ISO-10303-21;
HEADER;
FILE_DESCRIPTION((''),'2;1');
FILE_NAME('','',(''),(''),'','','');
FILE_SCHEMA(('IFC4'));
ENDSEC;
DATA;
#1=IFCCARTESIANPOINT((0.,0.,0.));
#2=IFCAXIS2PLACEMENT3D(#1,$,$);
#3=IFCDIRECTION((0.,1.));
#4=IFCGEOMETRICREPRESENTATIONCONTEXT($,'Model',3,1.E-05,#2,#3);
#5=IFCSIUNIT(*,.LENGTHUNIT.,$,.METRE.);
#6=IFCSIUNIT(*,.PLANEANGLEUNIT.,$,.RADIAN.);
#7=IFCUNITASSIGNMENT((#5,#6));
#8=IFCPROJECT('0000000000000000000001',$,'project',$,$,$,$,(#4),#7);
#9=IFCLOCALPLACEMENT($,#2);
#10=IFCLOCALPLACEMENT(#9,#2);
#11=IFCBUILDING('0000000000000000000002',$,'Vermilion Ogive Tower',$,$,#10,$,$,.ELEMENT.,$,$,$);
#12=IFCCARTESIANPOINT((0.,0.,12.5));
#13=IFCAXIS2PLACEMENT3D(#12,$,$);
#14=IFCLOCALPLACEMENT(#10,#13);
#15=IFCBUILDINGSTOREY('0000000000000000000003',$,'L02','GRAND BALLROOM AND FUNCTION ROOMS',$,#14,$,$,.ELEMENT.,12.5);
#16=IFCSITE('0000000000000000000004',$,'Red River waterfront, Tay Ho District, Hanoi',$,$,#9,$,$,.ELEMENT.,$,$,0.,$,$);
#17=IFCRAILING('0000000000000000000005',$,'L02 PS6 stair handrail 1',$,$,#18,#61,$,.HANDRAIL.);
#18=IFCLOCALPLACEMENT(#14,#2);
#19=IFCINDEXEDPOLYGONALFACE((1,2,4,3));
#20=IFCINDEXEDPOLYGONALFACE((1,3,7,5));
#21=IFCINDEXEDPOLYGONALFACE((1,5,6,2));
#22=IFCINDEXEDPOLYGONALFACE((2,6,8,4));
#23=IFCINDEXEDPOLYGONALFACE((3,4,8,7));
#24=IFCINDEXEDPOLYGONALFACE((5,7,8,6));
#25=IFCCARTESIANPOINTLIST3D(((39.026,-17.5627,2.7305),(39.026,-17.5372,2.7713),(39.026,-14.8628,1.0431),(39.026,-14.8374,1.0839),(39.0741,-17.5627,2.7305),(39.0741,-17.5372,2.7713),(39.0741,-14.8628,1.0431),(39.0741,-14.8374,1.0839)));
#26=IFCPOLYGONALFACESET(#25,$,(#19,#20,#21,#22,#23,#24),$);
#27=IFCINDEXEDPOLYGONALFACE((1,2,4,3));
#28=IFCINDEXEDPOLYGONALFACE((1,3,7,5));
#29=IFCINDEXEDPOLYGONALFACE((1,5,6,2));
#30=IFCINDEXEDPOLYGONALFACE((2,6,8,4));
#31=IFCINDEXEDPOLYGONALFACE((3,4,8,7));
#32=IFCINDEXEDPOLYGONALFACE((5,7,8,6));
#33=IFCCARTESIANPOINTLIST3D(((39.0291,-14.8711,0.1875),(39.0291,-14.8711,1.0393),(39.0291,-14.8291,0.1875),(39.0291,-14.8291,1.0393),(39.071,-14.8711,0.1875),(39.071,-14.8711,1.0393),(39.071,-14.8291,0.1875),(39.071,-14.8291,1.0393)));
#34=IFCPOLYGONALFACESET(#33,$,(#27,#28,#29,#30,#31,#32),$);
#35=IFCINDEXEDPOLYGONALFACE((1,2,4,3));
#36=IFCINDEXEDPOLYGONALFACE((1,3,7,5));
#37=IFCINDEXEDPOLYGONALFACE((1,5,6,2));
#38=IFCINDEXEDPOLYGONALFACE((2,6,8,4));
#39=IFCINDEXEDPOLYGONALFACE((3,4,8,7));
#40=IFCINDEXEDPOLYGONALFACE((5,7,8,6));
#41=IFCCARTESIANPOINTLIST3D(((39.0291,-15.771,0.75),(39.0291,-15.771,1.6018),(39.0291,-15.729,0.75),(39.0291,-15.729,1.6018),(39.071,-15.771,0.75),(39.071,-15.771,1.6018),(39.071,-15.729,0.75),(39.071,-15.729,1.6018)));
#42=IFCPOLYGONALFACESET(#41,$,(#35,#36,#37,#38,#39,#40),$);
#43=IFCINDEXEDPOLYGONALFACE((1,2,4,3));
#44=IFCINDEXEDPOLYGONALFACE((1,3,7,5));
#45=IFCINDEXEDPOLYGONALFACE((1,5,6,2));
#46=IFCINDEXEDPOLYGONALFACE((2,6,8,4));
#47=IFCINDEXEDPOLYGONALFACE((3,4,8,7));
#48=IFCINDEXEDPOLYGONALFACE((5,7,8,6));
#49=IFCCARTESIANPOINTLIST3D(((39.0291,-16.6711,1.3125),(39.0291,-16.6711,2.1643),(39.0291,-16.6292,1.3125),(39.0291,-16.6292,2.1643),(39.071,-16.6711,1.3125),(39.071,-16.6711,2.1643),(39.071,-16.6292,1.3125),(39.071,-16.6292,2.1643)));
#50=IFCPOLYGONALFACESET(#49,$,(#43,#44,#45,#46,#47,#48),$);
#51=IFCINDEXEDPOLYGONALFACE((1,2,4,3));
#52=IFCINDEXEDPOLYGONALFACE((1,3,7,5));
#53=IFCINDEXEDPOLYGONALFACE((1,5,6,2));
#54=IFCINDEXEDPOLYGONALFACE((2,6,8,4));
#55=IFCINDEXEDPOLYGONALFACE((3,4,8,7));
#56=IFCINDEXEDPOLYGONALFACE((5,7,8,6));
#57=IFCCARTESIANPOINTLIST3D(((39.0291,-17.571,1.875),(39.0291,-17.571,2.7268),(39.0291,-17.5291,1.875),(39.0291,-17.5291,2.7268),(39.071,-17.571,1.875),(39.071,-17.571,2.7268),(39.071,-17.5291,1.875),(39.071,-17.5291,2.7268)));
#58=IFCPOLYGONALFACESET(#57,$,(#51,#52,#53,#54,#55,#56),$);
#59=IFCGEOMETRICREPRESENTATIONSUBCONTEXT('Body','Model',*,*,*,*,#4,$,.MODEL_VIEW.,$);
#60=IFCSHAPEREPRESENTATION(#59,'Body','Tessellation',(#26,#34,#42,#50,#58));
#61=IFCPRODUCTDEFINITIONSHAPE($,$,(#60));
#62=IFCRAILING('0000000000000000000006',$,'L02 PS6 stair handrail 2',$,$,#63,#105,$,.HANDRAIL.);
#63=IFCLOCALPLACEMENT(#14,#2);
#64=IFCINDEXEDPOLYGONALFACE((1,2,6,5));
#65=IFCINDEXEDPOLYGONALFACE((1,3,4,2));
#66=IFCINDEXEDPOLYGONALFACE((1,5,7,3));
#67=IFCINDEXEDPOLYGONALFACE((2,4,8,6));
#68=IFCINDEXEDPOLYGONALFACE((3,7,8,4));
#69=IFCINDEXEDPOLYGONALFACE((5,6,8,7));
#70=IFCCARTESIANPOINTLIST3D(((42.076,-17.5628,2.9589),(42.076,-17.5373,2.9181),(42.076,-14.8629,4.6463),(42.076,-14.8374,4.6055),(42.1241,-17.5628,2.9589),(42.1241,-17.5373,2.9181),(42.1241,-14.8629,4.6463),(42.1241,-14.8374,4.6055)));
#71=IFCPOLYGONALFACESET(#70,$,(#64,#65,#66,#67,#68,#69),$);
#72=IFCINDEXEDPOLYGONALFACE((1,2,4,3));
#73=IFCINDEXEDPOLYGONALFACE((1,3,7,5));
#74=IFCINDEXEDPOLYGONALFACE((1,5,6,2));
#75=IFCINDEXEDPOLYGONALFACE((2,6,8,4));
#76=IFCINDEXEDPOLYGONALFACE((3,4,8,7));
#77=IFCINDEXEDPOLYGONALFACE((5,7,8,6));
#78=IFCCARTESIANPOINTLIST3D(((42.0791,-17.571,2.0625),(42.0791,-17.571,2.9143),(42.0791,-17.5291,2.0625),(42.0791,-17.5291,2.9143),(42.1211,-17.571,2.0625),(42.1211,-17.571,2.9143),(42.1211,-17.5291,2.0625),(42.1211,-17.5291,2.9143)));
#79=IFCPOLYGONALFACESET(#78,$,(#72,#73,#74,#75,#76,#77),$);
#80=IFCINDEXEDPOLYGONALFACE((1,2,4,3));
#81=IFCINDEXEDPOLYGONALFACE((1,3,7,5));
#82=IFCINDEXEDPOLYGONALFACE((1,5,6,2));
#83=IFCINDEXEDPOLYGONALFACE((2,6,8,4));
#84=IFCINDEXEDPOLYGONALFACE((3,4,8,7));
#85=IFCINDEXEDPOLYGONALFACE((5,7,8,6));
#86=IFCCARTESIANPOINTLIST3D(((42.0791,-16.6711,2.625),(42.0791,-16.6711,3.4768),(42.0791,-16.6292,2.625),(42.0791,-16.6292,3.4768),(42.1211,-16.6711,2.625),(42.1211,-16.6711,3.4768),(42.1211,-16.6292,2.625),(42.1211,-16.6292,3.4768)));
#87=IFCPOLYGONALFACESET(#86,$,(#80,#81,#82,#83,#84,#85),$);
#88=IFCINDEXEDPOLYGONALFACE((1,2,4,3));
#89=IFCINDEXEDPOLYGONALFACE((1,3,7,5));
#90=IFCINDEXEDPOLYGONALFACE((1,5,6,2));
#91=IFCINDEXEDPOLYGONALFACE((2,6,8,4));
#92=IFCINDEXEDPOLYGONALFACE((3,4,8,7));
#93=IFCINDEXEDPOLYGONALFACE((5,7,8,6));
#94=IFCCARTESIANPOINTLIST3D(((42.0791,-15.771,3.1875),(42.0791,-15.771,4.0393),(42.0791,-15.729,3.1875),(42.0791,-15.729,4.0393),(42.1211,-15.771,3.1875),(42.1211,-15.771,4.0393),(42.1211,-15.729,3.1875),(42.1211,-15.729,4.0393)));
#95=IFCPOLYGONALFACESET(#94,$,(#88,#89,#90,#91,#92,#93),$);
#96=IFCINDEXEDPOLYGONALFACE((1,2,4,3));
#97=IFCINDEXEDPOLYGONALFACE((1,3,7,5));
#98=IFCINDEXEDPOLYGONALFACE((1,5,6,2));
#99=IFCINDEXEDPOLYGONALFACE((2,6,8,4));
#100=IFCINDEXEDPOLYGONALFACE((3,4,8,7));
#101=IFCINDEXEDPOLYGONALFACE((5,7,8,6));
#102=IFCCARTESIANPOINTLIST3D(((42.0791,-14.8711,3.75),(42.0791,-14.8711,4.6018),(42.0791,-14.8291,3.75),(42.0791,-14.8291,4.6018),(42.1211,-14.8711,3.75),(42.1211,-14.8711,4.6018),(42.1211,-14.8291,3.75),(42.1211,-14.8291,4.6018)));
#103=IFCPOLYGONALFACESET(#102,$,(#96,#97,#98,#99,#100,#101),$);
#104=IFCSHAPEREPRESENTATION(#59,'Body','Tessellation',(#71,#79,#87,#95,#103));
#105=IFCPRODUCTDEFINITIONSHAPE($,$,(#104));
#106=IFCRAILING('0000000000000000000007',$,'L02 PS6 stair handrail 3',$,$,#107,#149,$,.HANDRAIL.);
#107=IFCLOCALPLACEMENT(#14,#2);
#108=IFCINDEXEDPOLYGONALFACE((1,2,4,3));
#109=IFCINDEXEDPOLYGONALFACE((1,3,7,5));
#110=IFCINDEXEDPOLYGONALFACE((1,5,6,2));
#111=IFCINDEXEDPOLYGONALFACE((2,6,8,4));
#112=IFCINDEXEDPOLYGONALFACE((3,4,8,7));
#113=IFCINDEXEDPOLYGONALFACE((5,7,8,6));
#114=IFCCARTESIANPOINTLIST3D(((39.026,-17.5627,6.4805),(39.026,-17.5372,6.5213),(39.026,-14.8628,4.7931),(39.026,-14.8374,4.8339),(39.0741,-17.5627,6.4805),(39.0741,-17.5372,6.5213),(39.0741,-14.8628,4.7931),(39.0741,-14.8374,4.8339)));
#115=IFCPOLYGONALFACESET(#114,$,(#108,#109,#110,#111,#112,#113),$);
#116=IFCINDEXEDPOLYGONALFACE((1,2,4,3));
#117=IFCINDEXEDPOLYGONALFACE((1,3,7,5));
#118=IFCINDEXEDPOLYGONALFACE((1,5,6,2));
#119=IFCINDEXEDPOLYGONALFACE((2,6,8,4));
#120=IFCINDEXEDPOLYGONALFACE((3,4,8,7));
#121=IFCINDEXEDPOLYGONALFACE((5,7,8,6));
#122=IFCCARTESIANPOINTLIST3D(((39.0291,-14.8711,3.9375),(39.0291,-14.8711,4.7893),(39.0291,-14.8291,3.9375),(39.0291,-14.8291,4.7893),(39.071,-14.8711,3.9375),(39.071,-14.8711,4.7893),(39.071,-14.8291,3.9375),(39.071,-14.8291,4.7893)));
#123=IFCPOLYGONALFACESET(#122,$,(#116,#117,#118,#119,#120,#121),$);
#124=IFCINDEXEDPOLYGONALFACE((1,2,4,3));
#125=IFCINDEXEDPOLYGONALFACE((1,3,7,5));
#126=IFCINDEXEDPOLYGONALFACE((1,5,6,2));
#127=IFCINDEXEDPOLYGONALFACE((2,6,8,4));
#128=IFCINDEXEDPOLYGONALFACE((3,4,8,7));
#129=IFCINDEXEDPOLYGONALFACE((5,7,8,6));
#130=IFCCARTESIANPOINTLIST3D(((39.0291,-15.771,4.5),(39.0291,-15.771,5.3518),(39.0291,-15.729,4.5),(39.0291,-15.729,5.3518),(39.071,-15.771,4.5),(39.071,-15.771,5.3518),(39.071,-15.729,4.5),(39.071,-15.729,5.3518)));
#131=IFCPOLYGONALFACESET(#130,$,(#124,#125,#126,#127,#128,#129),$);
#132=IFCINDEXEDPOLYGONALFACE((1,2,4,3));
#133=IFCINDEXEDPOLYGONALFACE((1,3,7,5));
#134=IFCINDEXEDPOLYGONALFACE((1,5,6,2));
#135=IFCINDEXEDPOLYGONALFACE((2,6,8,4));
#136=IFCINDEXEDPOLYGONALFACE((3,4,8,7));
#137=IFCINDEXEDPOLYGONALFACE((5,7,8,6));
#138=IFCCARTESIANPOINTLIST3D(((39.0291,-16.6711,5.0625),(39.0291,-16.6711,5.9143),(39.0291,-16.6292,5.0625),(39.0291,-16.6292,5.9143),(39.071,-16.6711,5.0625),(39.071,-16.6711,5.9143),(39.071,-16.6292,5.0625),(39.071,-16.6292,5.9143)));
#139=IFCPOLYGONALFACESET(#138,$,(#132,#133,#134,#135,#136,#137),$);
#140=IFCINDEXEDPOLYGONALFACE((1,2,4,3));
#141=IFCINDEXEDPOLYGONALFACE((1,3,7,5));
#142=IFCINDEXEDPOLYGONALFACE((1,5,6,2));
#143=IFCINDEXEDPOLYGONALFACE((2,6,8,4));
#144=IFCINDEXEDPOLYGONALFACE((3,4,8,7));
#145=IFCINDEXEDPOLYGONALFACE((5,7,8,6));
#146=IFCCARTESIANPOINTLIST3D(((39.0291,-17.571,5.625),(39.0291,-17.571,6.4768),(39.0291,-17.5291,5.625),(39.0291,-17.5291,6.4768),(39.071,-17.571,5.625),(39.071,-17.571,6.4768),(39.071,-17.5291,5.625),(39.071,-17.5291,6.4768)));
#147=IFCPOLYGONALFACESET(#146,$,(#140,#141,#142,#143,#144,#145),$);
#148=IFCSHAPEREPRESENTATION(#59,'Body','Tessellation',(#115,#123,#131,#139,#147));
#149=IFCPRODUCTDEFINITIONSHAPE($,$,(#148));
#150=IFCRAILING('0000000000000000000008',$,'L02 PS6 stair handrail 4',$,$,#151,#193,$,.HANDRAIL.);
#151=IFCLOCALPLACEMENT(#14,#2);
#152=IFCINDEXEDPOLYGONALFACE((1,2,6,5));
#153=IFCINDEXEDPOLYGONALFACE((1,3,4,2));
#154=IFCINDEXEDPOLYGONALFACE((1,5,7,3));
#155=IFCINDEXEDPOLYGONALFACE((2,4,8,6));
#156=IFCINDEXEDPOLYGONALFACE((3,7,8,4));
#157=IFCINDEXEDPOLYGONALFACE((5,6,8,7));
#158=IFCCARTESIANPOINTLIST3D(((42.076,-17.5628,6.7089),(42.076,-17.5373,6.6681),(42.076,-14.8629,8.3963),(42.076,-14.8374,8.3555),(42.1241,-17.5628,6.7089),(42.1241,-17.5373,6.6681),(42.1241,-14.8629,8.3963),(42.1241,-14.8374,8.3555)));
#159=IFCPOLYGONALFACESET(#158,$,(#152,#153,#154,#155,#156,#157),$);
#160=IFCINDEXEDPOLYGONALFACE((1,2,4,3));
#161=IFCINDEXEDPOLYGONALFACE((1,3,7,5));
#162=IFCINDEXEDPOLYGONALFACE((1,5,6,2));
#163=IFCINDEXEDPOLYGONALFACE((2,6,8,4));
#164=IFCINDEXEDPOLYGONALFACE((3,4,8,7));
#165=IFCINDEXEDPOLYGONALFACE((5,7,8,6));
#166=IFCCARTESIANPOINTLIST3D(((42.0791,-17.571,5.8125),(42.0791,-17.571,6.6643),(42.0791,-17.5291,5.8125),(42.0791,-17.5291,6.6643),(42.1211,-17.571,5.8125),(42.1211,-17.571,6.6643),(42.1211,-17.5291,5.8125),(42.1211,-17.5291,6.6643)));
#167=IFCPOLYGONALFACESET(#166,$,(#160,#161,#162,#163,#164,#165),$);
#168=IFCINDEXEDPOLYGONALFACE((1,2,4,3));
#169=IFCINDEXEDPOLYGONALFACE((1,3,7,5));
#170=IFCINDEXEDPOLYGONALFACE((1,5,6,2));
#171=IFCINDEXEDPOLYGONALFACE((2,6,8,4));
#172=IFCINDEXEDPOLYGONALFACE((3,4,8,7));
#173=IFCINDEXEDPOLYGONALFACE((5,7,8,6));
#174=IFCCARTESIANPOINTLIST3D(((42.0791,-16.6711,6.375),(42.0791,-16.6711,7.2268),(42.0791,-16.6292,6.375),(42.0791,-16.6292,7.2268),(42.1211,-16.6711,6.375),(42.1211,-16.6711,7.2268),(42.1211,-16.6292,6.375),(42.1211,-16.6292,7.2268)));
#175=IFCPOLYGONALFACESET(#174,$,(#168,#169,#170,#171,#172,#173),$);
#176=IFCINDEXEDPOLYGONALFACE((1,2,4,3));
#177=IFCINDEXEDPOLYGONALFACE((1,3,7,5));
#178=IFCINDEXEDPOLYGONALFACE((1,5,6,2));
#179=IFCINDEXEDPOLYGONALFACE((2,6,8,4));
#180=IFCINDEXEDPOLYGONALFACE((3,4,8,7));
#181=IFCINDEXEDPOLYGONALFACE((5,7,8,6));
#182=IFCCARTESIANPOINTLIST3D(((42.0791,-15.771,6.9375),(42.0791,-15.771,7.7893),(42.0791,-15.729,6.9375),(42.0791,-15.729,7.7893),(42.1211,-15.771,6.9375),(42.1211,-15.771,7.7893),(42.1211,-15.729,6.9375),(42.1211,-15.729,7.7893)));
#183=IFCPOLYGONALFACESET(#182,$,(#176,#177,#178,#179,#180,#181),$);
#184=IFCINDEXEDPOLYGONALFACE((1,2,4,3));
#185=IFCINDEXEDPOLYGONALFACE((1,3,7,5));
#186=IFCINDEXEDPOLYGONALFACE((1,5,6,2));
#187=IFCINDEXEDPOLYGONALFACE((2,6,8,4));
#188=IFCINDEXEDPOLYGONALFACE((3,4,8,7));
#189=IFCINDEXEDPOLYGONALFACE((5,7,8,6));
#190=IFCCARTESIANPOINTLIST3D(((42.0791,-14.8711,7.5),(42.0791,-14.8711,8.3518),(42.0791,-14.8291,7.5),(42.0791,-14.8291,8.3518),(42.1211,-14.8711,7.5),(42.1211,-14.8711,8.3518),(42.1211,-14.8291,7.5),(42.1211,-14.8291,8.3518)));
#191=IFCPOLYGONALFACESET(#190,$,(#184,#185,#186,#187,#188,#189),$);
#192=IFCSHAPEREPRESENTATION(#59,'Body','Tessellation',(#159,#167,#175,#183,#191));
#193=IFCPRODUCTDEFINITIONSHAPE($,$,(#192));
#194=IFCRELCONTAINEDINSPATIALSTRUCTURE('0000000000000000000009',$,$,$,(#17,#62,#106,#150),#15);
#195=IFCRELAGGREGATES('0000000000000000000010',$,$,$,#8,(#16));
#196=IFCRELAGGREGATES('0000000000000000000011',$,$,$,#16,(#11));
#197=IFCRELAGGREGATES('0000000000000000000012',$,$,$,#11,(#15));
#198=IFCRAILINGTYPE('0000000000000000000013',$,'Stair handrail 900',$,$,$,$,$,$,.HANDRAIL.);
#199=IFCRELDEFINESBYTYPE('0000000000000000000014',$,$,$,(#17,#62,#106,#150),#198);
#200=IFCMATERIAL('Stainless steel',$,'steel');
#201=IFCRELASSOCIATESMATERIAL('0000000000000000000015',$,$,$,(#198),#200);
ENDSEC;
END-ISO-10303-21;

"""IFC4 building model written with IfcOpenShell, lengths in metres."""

from ifc_helpers import new_model, si_unit, direction, frame, origin, origin_2d, place, context, subcontext, project, spatial, rectangle, extrude, material, type_object, element, save


model = new_model("IFC4")

# Units and contexts
model_context = context("Model", 3, precision=1e-05, world=origin(), true_north=direction((0.0, 1.0)))
body_context = subcontext(model_context, "Body", "Model", "MODEL_VIEW")
ifc_project = project(units=[si_unit("LENGTHUNIT", "METRE"), si_unit("PLANEANGLEUNIT", "RADIAN")], contexts=[model_context])

# Site, building, storey
site_placement = place(None, origin())
site = spatial("IfcSite", under=ifc_project, at=site_placement, Name="Red River waterfront, Tay Ho District, Hanoi", CompositionType="ELEMENT", RefElevation=0.0)
building_placement = place(site_placement, origin())
building = spatial("IfcBuilding", under=site, at=building_placement, Name="Vermilion Ogive Tower", CompositionType="ELEMENT")
storey_placement = place(building_placement, frame((0.0, 0.0, 12.5)))
storey = spatial("IfcBuildingStorey", under=building, at=storey_placement, Name="L02", Description="GRAND BALLROOM AND FUNCTION ROOMS", CompositionType="ELEMENT", Elevation=12.5)

# Railings
ifc_material_1 = material(Name="Stainless steel", Category="steel")
railing_type_1 = type_object("IfcRailingType", Name="Stair handrail 900", PredefinedType="HANDRAIL", material=ifc_material_1)
railing_1_placement = place(storey_placement, frame((39.05, -14.8501, 0.1875)))
element("IfcRailing", 1, at=railing_1_placement, inside=storey, type_object=railing_type_1, Name="L02 PS6 stair handrail 1", PredefinedType="HANDRAIL", context=body_context, shape_type="SweptSolid", body=[
    extrude(rectangle(XDim=0.0481, YDim=0.0481, at=origin_2d()), frame((0.0, 0.0, 0.876), z_axis=(0.0, -0.847994, 0.530006), x_axis=(1.0, 0.0, 0.0)), (0.0, 0.0, 1.0), 3.1838),
    extrude(rectangle(XDim=0.042, YDim=0.042, at=origin_2d()), origin(), (0.0, 0.0, 1.0), 0.8518),
    extrude(rectangle(XDim=0.042, YDim=0.042, at=origin_2d()), frame((0.0, -0.8999, 0.5625)), (0.0, 0.0, 1.0), 0.8518),
    extrude(rectangle(XDim=0.042, YDim=0.042, at=origin_2d()), frame((0.0, -1.8, 1.125)), (0.0, 0.0, 1.0), 0.8518),
    extrude(rectangle(XDim=0.042, YDim=0.042, at=origin_2d()), frame((0.0, -2.7, 1.6875)), (0.0, 0.0, 1.0), 0.8518),
])
railing_2_placement = place(storey_placement, frame((42.1001, -17.55, 2.0625)))
element("IfcRailing", 2, at=railing_2_placement, inside=storey, type_object=railing_type_1, Name="L02 PS6 stair handrail 2", PredefinedType="HANDRAIL", context=body_context, shape_type="SweptSolid", body=[
    extrude(rectangle(XDim=0.0481, YDim=0.0481, at=origin_2d()), frame((0.0, 0.0, 0.876), z_axis=(0.0, 0.847994, 0.530006), x_axis=(-1.0, 0.0, 0.0)), (0.0, 0.0, 1.0), 3.1838),
    extrude(rectangle(XDim=0.042, YDim=0.042, at=origin_2d()), origin(), (0.0, 0.0, 1.0), 0.8518),
    extrude(rectangle(XDim=0.042, YDim=0.042, at=origin_2d()), frame((0.0, 0.8999, 0.5625)), (0.0, 0.0, 1.0), 0.8518),
    extrude(rectangle(XDim=0.042, YDim=0.042, at=origin_2d()), frame((0.0, 1.8, 1.125)), (0.0, 0.0, 1.0), 0.8518),
    extrude(rectangle(XDim=0.042, YDim=0.042, at=origin_2d()), frame((0.0, 2.7, 1.6875)), (0.0, 0.0, 1.0), 0.8518),
])
railing_3_placement = place(storey_placement, frame((39.05, -14.8501, 3.9375)))
element("IfcRailing", 3, at=railing_3_placement, inside=storey, type_object=railing_type_1, Name="L02 PS6 stair handrail 3", PredefinedType="HANDRAIL", context=body_context, shape_type="SweptSolid", body=[
    extrude(rectangle(XDim=0.0481, YDim=0.0481, at=origin_2d()), frame((0.0, 0.0, 0.876), z_axis=(0.0, -0.847994, 0.530006), x_axis=(1.0, 0.0, 0.0)), (0.0, 0.0, 1.0), 3.1838),
    extrude(rectangle(XDim=0.042, YDim=0.042, at=origin_2d()), origin(), (0.0, 0.0, 1.0), 0.8518),
    extrude(rectangle(XDim=0.042, YDim=0.042, at=origin_2d()), frame((0.0, -0.8999, 0.5625)), (0.0, 0.0, 1.0), 0.8518),
    extrude(rectangle(XDim=0.042, YDim=0.042, at=origin_2d()), frame((0.0, -1.8, 1.125)), (0.0, 0.0, 1.0), 0.8518),
    extrude(rectangle(XDim=0.042, YDim=0.042, at=origin_2d()), frame((0.0, -2.7, 1.6875)), (0.0, 0.0, 1.0), 0.8518),
])
railing_4_placement = place(storey_placement, frame((42.1001, -17.55, 5.8125)))
element("IfcRailing", 4, at=railing_4_placement, inside=storey, type_object=railing_type_1, Name="L02 PS6 stair handrail 4", PredefinedType="HANDRAIL", context=body_context, shape_type="SweptSolid", body=[
    extrude(rectangle(XDim=0.0481, YDim=0.0481, at=origin_2d()), frame((0.0, 0.0, 0.876), z_axis=(0.0, 0.847994, 0.530006), x_axis=(-1.0, 0.0, 0.0)), (0.0, 0.0, 1.0), 3.1838),
    extrude(rectangle(XDim=0.042, YDim=0.042, at=origin_2d()), origin(), (0.0, 0.0, 1.0), 0.8518),
    extrude(rectangle(XDim=0.042, YDim=0.042, at=origin_2d()), frame((0.0, 0.8999, 0.5625)), (0.0, 0.0, 1.0), 0.8518),
    extrude(rectangle(XDim=0.042, YDim=0.042, at=origin_2d()), frame((0.0, 1.8, 1.125)), (0.0, 0.0, 1.0), 0.8518),
    extrude(rectangle(XDim=0.042, YDim=0.042, at=origin_2d()), frame((0.0, 2.7, 1.6875)), (0.0, 0.0, 1.0), 0.8518),
])

save(model, "model.ifc")
